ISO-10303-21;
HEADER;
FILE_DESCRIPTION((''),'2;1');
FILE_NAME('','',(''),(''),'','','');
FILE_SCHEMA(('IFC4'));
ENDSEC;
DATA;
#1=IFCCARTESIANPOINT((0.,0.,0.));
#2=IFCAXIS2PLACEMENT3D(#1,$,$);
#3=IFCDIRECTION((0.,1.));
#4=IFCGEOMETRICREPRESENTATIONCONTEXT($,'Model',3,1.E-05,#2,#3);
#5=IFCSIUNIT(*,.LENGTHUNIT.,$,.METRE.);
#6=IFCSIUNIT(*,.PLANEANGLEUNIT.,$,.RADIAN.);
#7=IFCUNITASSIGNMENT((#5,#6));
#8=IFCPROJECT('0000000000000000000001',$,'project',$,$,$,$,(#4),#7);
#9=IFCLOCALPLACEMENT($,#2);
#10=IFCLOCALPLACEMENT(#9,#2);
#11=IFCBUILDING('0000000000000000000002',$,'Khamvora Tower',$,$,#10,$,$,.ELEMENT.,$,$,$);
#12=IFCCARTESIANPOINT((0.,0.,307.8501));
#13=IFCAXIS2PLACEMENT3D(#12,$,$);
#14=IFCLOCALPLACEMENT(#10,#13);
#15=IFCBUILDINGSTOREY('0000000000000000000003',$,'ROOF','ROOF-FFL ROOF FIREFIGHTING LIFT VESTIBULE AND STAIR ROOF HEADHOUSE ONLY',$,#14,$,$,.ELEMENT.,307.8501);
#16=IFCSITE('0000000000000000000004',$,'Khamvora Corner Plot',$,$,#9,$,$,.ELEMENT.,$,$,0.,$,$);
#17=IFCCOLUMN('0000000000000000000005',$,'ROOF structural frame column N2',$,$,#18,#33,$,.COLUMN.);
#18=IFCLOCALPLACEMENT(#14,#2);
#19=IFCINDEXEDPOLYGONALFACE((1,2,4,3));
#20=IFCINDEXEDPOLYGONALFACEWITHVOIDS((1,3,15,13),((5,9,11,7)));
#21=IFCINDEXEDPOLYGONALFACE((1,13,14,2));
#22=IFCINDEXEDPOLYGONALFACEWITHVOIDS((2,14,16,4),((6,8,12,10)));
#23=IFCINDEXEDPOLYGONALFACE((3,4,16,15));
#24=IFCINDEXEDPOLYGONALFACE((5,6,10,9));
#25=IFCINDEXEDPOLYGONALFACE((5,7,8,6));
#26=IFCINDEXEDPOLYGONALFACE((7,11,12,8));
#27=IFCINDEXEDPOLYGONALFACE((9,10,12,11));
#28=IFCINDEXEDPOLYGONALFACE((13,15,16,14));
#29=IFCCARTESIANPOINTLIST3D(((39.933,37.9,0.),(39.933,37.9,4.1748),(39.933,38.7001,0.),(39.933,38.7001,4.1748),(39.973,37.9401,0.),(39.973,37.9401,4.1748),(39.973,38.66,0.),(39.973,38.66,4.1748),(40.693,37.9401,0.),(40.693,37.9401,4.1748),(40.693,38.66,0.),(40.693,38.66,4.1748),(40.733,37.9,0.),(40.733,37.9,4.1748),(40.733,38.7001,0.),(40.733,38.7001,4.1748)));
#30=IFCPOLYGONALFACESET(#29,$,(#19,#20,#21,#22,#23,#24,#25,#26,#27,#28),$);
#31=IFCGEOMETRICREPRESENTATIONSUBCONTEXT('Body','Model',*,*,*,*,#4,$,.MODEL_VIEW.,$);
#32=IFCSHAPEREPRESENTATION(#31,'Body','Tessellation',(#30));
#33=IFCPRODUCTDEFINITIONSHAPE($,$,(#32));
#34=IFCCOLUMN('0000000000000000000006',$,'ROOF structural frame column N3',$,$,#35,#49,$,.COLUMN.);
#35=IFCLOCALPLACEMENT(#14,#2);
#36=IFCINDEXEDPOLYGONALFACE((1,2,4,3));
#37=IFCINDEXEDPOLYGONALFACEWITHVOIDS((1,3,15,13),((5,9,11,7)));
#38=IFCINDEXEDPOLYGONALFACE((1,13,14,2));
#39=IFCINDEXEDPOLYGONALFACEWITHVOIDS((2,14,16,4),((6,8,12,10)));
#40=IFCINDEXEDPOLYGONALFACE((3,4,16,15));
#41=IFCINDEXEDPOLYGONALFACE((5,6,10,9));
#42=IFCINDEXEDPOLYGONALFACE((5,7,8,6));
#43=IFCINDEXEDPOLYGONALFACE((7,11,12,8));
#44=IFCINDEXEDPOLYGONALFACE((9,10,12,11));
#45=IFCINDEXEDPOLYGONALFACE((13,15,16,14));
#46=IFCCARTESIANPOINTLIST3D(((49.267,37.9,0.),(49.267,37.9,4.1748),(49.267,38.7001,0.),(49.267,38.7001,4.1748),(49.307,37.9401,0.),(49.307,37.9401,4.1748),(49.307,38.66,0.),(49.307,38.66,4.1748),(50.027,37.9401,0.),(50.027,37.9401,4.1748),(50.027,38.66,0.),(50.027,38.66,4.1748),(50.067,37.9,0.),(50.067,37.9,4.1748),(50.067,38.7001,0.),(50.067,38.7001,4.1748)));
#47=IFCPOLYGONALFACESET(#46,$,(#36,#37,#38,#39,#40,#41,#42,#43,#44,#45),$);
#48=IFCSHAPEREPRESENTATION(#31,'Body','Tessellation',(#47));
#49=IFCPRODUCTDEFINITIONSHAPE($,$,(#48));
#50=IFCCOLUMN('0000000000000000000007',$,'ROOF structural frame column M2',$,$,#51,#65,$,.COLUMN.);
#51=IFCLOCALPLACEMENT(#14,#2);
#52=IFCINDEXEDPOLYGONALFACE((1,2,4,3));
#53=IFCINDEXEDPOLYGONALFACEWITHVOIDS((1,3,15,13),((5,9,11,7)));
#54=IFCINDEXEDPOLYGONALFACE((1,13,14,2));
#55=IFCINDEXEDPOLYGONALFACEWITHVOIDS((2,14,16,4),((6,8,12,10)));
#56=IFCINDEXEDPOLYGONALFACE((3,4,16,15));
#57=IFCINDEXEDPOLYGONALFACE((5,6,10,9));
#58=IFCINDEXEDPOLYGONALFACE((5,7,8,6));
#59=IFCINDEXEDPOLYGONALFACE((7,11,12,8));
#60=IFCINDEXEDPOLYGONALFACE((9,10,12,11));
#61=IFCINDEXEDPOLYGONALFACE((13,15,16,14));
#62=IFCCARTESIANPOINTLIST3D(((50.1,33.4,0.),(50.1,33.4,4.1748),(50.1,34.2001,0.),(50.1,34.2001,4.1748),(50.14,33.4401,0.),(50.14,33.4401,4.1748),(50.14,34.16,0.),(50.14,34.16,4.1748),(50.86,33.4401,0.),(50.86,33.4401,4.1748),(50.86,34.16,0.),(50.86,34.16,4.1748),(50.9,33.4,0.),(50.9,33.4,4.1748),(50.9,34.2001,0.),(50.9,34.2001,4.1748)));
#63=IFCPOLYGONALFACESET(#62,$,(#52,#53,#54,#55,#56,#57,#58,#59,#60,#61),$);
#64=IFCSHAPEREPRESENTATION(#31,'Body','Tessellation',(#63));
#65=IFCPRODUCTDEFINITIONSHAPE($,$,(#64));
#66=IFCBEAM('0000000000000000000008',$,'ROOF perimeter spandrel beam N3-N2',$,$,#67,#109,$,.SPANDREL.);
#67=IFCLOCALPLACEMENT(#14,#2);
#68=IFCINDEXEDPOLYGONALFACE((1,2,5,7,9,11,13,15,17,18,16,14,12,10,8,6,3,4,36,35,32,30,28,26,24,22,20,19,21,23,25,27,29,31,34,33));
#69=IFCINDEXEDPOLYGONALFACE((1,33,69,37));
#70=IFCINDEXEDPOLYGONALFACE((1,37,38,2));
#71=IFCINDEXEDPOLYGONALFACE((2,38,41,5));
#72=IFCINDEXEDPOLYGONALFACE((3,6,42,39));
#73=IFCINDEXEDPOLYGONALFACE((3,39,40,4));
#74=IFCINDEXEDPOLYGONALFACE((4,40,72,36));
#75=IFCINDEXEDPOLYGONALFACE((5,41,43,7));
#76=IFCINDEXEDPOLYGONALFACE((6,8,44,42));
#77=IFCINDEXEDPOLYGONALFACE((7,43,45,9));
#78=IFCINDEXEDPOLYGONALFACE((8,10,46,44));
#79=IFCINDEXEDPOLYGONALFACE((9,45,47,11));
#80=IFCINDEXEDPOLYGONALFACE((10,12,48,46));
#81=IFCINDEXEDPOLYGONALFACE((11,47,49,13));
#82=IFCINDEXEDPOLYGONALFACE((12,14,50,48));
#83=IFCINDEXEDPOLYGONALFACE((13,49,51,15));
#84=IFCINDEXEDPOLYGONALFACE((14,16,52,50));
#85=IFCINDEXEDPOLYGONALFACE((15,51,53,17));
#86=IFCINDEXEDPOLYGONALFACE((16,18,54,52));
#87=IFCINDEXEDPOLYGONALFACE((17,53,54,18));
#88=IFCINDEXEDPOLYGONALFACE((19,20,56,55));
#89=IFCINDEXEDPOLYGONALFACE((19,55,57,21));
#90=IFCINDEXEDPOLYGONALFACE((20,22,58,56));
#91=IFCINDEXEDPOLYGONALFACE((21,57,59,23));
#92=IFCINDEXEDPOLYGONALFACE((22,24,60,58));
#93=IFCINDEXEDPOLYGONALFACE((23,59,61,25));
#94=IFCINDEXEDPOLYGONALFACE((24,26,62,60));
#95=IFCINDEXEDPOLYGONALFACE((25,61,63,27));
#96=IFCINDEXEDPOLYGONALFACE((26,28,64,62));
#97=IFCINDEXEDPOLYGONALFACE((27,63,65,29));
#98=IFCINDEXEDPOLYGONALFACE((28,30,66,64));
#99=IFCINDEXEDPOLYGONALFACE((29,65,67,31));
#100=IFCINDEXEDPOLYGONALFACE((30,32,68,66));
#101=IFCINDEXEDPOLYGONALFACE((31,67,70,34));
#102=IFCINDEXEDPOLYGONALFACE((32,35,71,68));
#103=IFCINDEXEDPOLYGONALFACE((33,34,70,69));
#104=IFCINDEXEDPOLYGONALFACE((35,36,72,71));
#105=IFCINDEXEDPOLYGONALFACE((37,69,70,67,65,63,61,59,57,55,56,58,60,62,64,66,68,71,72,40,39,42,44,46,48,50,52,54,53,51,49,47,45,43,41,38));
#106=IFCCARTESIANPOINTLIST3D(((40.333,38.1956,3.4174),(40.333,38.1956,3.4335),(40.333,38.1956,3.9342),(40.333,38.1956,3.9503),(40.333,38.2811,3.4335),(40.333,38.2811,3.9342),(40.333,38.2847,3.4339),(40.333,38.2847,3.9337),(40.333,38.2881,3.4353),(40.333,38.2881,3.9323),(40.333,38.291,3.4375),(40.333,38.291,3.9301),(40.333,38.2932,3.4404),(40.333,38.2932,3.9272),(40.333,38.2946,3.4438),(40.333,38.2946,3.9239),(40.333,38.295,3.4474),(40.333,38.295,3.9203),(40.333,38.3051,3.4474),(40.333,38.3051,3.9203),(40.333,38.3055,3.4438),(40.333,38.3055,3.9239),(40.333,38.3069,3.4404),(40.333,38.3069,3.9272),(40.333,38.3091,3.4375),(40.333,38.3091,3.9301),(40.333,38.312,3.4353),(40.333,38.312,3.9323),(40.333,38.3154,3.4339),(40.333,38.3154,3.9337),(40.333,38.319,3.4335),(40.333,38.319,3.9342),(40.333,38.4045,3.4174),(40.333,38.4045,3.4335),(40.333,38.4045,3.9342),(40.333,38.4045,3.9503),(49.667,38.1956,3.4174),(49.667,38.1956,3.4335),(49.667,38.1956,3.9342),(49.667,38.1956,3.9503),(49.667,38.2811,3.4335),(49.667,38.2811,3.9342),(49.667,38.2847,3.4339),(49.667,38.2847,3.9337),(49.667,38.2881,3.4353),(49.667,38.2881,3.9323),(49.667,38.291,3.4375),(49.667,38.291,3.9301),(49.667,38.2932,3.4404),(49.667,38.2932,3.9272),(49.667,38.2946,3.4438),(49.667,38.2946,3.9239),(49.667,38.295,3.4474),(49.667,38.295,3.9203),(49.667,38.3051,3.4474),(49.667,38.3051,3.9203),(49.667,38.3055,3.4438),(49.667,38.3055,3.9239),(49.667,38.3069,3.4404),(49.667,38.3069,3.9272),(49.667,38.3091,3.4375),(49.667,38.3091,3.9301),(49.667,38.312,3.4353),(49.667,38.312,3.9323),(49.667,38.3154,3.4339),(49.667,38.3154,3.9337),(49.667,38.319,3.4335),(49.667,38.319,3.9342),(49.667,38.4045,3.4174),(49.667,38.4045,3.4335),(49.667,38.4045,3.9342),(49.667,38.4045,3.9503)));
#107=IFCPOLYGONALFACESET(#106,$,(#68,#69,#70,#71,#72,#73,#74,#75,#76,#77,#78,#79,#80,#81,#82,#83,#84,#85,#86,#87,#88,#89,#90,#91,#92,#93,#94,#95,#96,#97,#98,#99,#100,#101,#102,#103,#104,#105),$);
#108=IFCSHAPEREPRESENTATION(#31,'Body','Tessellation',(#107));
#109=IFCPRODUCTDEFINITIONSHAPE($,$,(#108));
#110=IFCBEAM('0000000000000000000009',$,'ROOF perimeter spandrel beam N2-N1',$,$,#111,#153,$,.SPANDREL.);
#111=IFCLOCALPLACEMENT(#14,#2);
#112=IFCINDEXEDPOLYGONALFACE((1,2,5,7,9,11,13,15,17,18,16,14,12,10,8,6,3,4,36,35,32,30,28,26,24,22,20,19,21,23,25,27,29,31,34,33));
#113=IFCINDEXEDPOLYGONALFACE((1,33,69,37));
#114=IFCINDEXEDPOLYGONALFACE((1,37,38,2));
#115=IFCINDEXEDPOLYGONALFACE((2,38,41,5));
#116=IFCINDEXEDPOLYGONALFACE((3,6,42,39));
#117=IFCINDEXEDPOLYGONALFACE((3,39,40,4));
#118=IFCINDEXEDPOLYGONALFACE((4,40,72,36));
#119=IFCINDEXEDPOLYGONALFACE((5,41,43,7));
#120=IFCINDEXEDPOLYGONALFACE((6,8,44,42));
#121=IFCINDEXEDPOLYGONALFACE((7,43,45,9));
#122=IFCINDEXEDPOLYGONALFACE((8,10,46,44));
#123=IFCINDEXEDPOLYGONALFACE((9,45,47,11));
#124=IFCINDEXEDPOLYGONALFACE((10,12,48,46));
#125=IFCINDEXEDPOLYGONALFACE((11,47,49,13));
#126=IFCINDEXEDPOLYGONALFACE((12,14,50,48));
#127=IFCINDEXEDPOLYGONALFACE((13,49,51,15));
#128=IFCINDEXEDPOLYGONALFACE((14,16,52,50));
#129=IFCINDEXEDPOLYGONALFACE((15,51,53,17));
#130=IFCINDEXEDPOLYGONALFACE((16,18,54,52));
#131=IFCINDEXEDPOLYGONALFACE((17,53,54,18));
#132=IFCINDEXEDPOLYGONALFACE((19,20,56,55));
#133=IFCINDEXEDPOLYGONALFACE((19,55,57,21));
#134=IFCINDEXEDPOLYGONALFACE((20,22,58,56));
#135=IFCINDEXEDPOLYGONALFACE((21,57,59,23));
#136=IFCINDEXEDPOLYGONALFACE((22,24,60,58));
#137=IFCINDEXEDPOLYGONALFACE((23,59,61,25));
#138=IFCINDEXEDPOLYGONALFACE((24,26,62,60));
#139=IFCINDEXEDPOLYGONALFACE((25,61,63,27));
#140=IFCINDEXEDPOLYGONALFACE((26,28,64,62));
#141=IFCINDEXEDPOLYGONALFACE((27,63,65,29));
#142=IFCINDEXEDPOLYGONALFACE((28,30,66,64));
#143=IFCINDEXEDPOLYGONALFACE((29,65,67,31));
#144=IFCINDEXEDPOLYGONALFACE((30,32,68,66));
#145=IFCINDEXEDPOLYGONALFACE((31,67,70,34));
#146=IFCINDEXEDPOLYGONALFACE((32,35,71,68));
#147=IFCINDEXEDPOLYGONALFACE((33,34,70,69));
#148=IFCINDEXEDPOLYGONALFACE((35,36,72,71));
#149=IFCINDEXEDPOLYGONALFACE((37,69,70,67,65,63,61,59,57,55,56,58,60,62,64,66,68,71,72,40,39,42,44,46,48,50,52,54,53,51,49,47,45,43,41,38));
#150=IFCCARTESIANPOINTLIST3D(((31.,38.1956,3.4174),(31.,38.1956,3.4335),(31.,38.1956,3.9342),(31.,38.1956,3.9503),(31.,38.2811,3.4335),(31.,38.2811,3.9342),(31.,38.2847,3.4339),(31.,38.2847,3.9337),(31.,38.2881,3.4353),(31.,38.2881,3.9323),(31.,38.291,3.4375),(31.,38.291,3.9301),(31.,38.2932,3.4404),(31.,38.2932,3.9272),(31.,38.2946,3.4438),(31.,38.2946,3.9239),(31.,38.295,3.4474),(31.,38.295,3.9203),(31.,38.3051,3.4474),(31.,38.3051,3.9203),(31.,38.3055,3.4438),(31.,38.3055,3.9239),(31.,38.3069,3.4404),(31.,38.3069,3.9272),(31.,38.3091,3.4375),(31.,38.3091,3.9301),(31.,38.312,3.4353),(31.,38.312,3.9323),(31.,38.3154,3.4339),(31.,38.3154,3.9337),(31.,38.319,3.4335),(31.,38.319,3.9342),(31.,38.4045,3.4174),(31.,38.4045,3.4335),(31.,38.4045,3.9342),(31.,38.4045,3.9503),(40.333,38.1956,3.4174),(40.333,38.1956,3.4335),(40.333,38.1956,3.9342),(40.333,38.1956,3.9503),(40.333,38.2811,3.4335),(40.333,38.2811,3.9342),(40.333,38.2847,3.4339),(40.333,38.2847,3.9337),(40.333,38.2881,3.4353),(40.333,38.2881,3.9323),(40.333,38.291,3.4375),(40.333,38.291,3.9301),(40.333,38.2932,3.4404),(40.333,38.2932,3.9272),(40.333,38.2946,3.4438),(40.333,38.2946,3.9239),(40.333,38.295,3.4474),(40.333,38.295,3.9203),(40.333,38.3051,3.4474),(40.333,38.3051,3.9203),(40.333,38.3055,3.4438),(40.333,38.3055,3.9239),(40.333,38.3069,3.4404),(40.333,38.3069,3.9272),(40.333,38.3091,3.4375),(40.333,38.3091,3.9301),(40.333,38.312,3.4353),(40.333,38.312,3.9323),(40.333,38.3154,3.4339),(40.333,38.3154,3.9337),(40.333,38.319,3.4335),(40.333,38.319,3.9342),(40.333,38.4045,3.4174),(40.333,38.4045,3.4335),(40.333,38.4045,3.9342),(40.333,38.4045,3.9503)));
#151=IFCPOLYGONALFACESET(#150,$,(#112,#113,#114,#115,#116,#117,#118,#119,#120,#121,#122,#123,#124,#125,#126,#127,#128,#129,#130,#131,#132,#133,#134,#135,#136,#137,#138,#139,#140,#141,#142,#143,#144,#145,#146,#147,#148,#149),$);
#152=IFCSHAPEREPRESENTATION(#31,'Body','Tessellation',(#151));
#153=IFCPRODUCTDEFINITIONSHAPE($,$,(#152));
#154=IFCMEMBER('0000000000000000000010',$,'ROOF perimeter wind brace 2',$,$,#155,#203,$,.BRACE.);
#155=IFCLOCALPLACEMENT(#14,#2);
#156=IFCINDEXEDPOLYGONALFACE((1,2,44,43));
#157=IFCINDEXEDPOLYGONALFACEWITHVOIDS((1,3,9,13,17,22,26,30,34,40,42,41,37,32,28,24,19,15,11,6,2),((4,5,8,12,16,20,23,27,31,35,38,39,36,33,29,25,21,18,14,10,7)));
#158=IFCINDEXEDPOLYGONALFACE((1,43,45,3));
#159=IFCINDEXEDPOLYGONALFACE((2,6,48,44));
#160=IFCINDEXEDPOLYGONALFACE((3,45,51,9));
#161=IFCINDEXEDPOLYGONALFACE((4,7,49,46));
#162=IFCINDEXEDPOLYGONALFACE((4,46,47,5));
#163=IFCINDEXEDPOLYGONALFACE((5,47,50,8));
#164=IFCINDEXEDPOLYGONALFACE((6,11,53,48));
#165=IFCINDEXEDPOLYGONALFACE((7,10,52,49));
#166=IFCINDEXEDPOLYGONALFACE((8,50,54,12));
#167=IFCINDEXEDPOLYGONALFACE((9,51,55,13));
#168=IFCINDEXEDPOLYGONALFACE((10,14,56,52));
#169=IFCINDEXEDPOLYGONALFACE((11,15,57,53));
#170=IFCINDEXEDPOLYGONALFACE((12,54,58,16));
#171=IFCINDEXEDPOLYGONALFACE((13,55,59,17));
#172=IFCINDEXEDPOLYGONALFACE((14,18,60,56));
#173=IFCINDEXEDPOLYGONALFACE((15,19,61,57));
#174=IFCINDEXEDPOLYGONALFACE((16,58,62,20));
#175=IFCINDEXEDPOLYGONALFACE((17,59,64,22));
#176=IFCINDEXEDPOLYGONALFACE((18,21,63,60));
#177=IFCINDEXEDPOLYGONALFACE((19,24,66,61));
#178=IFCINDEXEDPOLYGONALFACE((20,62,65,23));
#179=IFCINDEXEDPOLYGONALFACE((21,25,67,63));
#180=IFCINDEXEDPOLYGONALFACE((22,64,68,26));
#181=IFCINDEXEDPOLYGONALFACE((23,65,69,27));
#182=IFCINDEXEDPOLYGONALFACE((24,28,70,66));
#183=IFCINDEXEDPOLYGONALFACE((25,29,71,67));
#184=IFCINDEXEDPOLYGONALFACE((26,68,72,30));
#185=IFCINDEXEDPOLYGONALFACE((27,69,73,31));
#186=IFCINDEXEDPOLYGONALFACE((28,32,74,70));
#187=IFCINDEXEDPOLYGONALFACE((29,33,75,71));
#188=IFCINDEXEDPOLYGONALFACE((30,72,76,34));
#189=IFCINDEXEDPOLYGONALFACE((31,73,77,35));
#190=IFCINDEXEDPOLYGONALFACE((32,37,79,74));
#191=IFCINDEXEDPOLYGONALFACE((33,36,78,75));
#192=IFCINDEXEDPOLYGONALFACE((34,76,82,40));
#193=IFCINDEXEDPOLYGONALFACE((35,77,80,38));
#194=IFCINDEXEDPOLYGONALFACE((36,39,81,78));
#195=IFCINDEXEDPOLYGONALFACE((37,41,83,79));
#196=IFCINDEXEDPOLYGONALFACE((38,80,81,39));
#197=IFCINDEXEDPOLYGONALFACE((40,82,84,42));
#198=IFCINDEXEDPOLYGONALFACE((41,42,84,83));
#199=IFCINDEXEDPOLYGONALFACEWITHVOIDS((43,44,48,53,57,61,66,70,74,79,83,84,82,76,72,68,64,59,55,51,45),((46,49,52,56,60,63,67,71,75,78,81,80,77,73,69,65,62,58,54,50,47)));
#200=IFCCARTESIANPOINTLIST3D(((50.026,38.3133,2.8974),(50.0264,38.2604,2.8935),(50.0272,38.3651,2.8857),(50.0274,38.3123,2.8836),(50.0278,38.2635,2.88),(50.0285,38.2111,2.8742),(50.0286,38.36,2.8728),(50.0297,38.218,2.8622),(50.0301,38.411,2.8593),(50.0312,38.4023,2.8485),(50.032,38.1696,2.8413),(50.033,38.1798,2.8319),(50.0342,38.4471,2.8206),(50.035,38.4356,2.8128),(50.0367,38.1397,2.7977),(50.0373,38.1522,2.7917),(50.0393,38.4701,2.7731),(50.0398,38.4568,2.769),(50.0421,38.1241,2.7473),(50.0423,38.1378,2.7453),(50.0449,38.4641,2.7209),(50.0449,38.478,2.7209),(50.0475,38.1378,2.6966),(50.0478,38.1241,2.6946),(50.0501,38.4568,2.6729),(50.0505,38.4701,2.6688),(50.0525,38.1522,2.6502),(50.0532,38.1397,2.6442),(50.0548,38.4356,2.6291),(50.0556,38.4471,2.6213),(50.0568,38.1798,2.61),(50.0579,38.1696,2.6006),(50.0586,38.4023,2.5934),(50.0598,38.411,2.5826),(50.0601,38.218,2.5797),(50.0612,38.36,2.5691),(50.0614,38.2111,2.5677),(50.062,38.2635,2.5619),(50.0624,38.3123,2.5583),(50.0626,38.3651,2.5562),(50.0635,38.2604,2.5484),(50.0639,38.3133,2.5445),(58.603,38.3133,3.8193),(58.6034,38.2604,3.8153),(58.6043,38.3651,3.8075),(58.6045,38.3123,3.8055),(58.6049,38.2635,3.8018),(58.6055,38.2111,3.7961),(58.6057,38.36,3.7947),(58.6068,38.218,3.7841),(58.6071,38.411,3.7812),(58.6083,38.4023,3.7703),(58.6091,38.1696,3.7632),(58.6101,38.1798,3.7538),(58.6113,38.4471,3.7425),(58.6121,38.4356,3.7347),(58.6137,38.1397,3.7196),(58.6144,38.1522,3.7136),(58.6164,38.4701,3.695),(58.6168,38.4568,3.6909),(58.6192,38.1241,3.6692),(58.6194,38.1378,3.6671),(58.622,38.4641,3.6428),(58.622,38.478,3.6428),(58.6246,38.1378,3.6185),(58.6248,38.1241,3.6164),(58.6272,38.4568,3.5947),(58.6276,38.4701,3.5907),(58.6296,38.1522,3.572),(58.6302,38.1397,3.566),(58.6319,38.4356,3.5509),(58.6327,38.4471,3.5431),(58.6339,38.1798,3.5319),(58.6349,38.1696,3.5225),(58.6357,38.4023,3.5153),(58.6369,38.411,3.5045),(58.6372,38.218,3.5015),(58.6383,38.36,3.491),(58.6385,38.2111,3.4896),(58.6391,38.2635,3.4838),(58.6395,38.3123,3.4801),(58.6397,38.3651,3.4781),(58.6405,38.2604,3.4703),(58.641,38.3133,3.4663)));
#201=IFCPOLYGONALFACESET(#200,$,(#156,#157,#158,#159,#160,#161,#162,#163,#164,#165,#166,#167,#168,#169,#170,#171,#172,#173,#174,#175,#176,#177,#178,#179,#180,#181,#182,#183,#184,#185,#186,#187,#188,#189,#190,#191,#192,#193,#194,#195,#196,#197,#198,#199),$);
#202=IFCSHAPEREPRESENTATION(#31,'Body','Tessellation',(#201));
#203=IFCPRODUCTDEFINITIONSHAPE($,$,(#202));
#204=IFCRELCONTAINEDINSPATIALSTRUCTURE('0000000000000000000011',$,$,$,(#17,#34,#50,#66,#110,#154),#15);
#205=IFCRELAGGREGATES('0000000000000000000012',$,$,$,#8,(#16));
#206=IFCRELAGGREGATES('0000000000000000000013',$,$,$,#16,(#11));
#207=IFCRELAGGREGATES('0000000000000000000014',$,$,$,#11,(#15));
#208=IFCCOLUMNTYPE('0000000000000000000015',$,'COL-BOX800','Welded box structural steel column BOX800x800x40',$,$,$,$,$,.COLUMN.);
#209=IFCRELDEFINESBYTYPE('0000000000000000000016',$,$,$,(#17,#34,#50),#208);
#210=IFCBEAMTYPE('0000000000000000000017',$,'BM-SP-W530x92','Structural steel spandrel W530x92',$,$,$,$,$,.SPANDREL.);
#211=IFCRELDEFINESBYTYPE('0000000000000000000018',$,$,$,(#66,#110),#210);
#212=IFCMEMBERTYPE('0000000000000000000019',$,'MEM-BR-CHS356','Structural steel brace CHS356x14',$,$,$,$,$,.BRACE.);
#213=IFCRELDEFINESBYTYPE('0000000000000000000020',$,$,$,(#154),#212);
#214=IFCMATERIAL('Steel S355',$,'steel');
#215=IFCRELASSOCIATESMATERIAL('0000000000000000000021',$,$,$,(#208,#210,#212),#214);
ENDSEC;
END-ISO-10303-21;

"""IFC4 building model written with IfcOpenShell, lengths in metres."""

from ifc_helpers import new_model, si_unit, direction, frame, origin, origin_2d, place, context, subcontext, project, spatial, hollow_rectangle, hollow_circle, i_section, extrude, material, material_profile, profile_set, type_object, element, save


model = new_model("IFC4")

# Units and contexts
model_context = context("Model", 3, precision=1e-05, world=origin(), true_north=direction((0.0, 1.0)))
body_context = subcontext(model_context, "Body", "Model", "MODEL_VIEW")
ifc_project = project(units=[si_unit("LENGTHUNIT", "METRE"), si_unit("PLANEANGLEUNIT", "RADIAN")], contexts=[model_context])

# Site, building, storey
site_placement = place(None, origin())
site = spatial("IfcSite", under=ifc_project, at=site_placement, Name="Khamvora Corner Plot", CompositionType="ELEMENT", RefElevation=0.0)
building_placement = place(site_placement, origin())
building = spatial("IfcBuilding", under=site, at=building_placement, Name="Khamvora Tower", CompositionType="ELEMENT")
storey_placement = place(building_placement, frame((0.0, 0.0, 307.8501)))
storey = spatial("IfcBuildingStorey", under=building, at=storey_placement, Name="ROOF", Description="ROOF-FFL ROOF FIREFIGHTING LIFT VESTIBULE AND STAIR ROOF HEADHOUSE ONLY", CompositionType="ELEMENT", Elevation=307.8501)

# Columns
ifc_material_1 = material(Name="Steel S355", Category="steel")
ifc_material_profile_1 = material_profile(ifc_material_1, hollow_rectangle(XDim=0.8, YDim=0.8, WallThickness=0.04, at=origin_2d()), Name="BOX800x800x40")
ifc_profile_set_1 = profile_set([ifc_material_profile_1], Name="Steel S355")
column_type = type_object("IfcColumnType", Name="COL-BOX800", Description="Welded box structural steel column BOX800x800x40", PredefinedType="COLUMN", material=ifc_profile_set_1)
for number, where, z_axis, x_axis, name in (
    (1, (40.333, 38.3, 0.0), (0.0, 0.0, 1.0), (1.0, 0.0, 0.0), "ROOF structural frame column N2"),
    (2, (49.667, 38.3, 0.0), (0.0, 0.0, 1.0), (1.0, 0.0, 0.0), "ROOF structural frame column N3"),
    (3, (50.5, 33.8, 0.0), (0.0, 0.0, 1.0), (1.0, 0.0, 0.0), "ROOF structural frame column M2"),
):
    element("IfcColumn", number, at=place(storey_placement, frame(where, z_axis=z_axis, x_axis=x_axis)), inside=storey, type_object=column_type, Name=name, PredefinedType="COLUMN", context=body_context, shape_type="SweptSolid", body=[
        extrude(hollow_rectangle(XDim=0.8, YDim=0.8, WallThickness=0.04, at=origin_2d()), origin(), (0.0, 0.0, 1.0), 4.1748),
    ])

# Beams
ifc_material_profile_2 = material_profile(ifc_material_1, i_section(OverallWidth=0.209, OverallDepth=0.533, WebThickness=0.01, FlangeThickness=0.0161, FilletRadius=0.0139, at=origin_2d()), Name="W530x92")
ifc_profile_set_2 = profile_set([ifc_material_profile_2], Name="Steel S355")
beam_type = type_object("IfcBeamType", Name="BM-SP-W530x92", Description="Structural steel spandrel W530x92", PredefinedType="SPANDREL", material=ifc_profile_set_2)
beam_1_placement = place(storey_placement, frame((49.667, 38.3, 3.6838), z_axis=(-1.0, 0.0, 0.0), x_axis=(0.0, -1.0, 0.0)))
element("IfcBeam", 4, at=beam_1_placement, inside=storey, type_object=beam_type, Name="ROOF perimeter spandrel beam N3-N2", PredefinedType="SPANDREL", context=body_context, shape_type="SweptSolid", body=[
    extrude(i_section(OverallWidth=0.209, OverallDepth=0.533, WebThickness=0.01, FlangeThickness=0.0161, FilletRadius=0.0139, at=origin_2d()), origin(), (0.0, 0.0, 1.0), 9.334),
])
beam_2_placement = place(storey_placement, frame((40.333, 38.3, 3.6838), z_axis=(-1.0, 0.0, 0.0), x_axis=(0.0, -1.0, 0.0)))
element("IfcBeam", 5, at=beam_2_placement, inside=storey, type_object=beam_type, Name="ROOF perimeter spandrel beam N2-N1", PredefinedType="SPANDREL", context=body_context, shape_type="SweptSolid", body=[
    extrude(i_section(OverallWidth=0.209, OverallDepth=0.533, WebThickness=0.01, FlangeThickness=0.0161, FilletRadius=0.0139, at=origin_2d()), origin(), (0.0, 0.0, 1.0), 9.333),
])

# Member
ifc_material_profile_3 = material_profile(ifc_material_1, hollow_circle(Radius=0.178, WallThickness=0.0139, at=origin_2d()), Name="CHS356x14")
ifc_profile_set_3 = profile_set([ifc_material_profile_3], Name="Steel S355")
member_type_1 = type_object("IfcMemberType", Name="MEM-BR-CHS356", Description="Structural steel brace CHS356x14", PredefinedType="BRACE", material=ifc_profile_set_3)
member_1_placement = place(storey_placement, frame((50.0449, 38.3, 2.7209), z_axis=(0.994274, 0.0, 0.106865), x_axis=(0.0, 1.0, 0.0)))
element("IfcMember", 6, at=member_1_placement, inside=storey, type_object=member_type_1, Name="ROOF perimeter wind brace 2", PredefinedType="BRACE", context=body_context, shape_type="SweptSolid", body=[
    extrude(hollow_circle(Radius=0.178, WallThickness=0.0139, at=origin_2d()), origin(), (0.0, 0.0, 1.0), 8.6265),
])

save(model, "model.ifc")
